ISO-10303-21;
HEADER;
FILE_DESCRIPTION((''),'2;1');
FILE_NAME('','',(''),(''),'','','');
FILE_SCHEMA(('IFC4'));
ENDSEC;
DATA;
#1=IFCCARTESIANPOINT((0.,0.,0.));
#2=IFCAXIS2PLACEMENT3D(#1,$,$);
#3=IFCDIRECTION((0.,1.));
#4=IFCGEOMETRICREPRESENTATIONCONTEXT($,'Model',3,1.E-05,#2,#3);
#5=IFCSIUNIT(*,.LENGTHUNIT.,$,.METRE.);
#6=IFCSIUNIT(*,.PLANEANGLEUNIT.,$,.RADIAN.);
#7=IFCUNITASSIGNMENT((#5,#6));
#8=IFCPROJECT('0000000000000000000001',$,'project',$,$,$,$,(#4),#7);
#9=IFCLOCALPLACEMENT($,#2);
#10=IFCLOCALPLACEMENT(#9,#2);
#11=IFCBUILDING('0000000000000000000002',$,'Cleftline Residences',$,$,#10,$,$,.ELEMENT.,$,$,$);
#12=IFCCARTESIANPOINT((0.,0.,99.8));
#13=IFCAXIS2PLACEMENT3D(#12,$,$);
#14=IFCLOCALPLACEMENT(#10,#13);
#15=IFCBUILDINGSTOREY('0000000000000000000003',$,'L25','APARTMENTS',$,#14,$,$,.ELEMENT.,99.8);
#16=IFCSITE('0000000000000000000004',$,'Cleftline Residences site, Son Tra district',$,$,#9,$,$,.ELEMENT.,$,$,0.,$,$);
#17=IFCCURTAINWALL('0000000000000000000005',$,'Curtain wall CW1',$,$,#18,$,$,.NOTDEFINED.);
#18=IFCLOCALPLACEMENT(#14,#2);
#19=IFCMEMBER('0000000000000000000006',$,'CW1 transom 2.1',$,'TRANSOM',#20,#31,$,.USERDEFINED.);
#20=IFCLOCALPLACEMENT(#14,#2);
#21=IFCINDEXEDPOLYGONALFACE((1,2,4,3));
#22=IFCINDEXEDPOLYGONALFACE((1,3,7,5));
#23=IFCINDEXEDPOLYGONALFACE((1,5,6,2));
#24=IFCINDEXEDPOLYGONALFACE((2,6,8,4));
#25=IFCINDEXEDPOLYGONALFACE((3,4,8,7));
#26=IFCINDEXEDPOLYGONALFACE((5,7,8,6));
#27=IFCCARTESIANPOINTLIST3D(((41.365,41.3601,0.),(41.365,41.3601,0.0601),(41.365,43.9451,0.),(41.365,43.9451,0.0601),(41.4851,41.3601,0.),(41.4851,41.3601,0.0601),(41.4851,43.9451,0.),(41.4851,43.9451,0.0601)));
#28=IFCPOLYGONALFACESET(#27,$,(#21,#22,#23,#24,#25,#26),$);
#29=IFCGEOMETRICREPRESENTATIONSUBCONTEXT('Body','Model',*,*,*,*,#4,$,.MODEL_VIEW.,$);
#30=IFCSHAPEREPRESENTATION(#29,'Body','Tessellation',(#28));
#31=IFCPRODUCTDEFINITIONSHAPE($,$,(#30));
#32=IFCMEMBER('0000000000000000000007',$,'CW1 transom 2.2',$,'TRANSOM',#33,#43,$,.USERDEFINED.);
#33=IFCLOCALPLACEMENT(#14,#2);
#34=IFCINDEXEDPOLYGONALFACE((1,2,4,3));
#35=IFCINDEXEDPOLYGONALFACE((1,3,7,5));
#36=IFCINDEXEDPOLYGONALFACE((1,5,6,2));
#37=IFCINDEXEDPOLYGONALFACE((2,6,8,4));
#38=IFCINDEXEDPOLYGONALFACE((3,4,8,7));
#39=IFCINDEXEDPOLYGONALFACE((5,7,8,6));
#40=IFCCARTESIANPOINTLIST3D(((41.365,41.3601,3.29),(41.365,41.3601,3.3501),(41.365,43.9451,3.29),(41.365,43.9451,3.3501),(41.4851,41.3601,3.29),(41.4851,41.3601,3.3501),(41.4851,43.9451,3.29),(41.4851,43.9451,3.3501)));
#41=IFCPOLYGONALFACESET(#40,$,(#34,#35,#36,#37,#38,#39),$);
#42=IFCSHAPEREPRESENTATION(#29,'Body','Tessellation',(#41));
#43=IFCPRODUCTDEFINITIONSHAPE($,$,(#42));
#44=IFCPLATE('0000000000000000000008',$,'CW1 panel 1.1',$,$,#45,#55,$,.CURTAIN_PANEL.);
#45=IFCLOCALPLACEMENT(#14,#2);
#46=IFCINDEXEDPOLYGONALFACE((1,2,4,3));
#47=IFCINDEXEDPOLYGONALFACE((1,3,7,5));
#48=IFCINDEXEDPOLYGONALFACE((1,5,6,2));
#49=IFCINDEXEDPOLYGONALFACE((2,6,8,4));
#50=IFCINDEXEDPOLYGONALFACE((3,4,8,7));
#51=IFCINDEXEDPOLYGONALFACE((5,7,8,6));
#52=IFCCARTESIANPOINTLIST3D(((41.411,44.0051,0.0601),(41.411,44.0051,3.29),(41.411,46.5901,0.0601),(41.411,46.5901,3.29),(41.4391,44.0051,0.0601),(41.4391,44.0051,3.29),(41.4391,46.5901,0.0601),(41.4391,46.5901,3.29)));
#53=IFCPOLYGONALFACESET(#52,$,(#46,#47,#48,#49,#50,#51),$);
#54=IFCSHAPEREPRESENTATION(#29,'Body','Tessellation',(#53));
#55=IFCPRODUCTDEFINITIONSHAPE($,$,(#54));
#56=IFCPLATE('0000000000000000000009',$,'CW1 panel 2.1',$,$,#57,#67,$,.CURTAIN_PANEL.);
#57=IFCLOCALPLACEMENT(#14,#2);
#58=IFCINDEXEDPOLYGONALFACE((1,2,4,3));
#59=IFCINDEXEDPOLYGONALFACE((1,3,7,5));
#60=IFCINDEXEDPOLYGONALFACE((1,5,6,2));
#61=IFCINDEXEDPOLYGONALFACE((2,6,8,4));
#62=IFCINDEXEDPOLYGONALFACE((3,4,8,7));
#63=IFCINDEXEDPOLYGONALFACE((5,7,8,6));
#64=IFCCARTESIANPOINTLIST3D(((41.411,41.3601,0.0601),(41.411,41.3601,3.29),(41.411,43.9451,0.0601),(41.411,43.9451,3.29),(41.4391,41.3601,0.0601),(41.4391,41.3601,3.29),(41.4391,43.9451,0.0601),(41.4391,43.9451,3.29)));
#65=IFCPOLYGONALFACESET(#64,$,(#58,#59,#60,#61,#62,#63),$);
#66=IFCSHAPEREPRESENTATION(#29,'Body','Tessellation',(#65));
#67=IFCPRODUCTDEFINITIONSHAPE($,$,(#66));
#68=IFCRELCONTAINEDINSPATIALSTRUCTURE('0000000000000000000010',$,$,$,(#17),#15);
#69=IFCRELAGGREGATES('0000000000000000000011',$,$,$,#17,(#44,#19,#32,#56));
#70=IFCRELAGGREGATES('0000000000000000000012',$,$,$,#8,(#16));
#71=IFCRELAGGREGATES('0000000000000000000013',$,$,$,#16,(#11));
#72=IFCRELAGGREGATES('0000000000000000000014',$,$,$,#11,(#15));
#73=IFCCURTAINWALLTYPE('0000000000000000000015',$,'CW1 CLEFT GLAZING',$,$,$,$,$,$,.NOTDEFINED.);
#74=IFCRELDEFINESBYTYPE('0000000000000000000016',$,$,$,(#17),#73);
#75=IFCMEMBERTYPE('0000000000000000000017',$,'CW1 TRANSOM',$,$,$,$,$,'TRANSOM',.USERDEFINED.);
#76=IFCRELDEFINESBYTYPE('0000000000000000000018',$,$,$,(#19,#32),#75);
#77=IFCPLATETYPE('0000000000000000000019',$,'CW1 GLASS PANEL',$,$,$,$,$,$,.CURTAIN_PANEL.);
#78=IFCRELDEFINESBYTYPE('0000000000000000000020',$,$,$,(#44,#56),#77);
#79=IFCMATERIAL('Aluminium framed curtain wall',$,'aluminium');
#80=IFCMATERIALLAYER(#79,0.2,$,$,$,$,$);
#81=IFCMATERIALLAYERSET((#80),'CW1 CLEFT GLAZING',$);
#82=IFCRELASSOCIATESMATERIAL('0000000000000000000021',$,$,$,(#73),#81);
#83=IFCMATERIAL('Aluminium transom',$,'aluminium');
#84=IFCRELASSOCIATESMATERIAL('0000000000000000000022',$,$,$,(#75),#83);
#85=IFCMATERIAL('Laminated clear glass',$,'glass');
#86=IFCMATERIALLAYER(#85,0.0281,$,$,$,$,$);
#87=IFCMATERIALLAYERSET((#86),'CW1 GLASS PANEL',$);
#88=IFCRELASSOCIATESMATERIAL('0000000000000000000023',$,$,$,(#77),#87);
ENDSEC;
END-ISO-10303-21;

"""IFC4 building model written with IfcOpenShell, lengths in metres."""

from ifc_helpers import new_model, si_unit, direction, frame, origin, origin_2d, place, context, subcontext, project, spatial, rectangle, extrude, material, layer, layer_set, material_profile, profile_set, type_object, element, aggregate, save


model = new_model("IFC4")

# Units and contexts
model_context = context("Model", 3, precision=1e-05, world=origin(), true_north=direction((0.0, 1.0)))
body_context = subcontext(model_context, "Body", "Model", "MODEL_VIEW")
ifc_project = project(units=[si_unit("LENGTHUNIT", "METRE"), si_unit("PLANEANGLEUNIT", "RADIAN")], contexts=[model_context])

# Site, building, storey
site_placement = place(None, origin())
site = spatial("IfcSite", under=ifc_project, at=site_placement, Name="Cleftline Residences site, Son Tra district", CompositionType="ELEMENT", RefElevation=0.0)
building_placement = place(site_placement, origin())
building = spatial("IfcBuilding", under=site, at=building_placement, Name="Cleftline Residences", CompositionType="ELEMENT")
storey_placement = place(building_placement, frame((0.0, 0.0, 99.8)))
storey = spatial("IfcBuildingStorey", under=building, at=storey_placement, Name="L25", Description="APARTMENTS", CompositionType="ELEMENT", Elevation=99.8)

# Curtain wall, members, plates
ifc_material_1 = material(Name="Aluminium framed curtain wall", Category="aluminium")
ifc_layer_1 = layer(ifc_material_1, 0.2)
ifc_layer_set_1 = layer_set([ifc_layer_1], Name="CW1 CLEFT GLAZING")
curtain_wall_type = type_object("IfcCurtainWallType", Name="CW1 CLEFT GLAZING", PredefinedType="NOTDEFINED", material=ifc_layer_set_1)
curtain_wall_placement = place(storey_placement, origin())
curtain_wall = element("IfcCurtainWall", 1, at=curtain_wall_placement, inside=storey, type_object=curtain_wall_type, Name="Curtain wall CW1", PredefinedType="NOTDEFINED")
ifc_material_2 = material(Name="Aluminium transom", Category="aluminium")
ifc_material_profile_1 = material_profile(ifc_material_2, rectangle(XDim=0.1201, YDim=0.0601, at=origin_2d()))
ifc_profile_set_1 = profile_set([ifc_material_profile_1], Name="Aluminium transom")
member_type_1 = type_object("IfcMemberType", Name="CW1 TRANSOM", ElementType="TRANSOM", PredefinedType="USERDEFINED", material=ifc_profile_set_1)
member_1_placement = place(storey_placement, frame((41.425, 43.9451, 0.03), z_axis=(0.0, -1.0, 0.0), x_axis=(1.0, 0.0, 0.0)))
member_1 = element("IfcMember", 2, at=member_1_placement, type_object=member_type_1, Name="CW1 transom 2.1", ObjectType="TRANSOM", PredefinedType="USERDEFINED", context=body_context, shape_type="SweptSolid", body=[
    extrude(rectangle(XDim=0.1201, YDim=0.0601, at=origin_2d()), origin(), (0.0, 0.0, 1.0), 2.585),
])
member_2_placement = place(storey_placement, frame((41.425, 43.9451, 3.3201), z_axis=(0.0, -1.0, 0.0), x_axis=(1.0, 0.0, 0.0)))
member_2 = element("IfcMember", 3, at=member_2_placement, type_object=member_type_1, Name="CW1 transom 2.2", ObjectType="TRANSOM", PredefinedType="USERDEFINED", context=body_context, shape_type="SweptSolid", body=[
    extrude(rectangle(XDim=0.1201, YDim=0.0601, at=origin_2d()), origin(), (0.0, 0.0, 1.0), 2.585),
])
ifc_material_3 = material(Name="Laminated clear glass", Category="glass")
ifc_layer_2 = layer(ifc_material_3, 0.0281)
ifc_layer_set_2 = layer_set([ifc_layer_2], Name="CW1 GLASS PANEL")
plate_type = type_object("IfcPlateType", Name="CW1 GLASS PANEL", PredefinedType="CURTAIN_PANEL", material=ifc_layer_set_2)
plate_1_placement = place(storey_placement, frame((41.425, 45.2976, 0.0601), z_axis=(0.0, 0.0, 1.0), x_axis=(0.0, -1.0, 0.0)))
plate_1 = element("IfcPlate", 4, at=plate_1_placement, type_object=plate_type, Name="CW1 panel 1.1", PredefinedType="CURTAIN_PANEL", context=body_context, shape_type="SweptSolid", body=[
    extrude(rectangle(XDim=2.585, YDim=0.0281, at=origin_2d()), origin(), (0.0, 0.0, 1.0), 3.23),
])
plate_2_placement = place(storey_placement, frame((41.425, 42.6526, 0.0601), z_axis=(0.0, 0.0, 1.0), x_axis=(0.0, -1.0, 0.0)))
plate_2 = element("IfcPlate", 5, at=plate_2_placement, type_object=plate_type, Name="CW1 panel 2.1", PredefinedType="CURTAIN_PANEL", context=body_context, shape_type="SweptSolid", body=[
    extrude(rectangle(XDim=2.585, YDim=0.0281, at=origin_2d()), origin(), (0.0, 0.0, 1.0), 3.23),
])
aggregate(curtain_wall, [plate_1, member_1, member_2, plate_2])

save(model, "model.ifc")
